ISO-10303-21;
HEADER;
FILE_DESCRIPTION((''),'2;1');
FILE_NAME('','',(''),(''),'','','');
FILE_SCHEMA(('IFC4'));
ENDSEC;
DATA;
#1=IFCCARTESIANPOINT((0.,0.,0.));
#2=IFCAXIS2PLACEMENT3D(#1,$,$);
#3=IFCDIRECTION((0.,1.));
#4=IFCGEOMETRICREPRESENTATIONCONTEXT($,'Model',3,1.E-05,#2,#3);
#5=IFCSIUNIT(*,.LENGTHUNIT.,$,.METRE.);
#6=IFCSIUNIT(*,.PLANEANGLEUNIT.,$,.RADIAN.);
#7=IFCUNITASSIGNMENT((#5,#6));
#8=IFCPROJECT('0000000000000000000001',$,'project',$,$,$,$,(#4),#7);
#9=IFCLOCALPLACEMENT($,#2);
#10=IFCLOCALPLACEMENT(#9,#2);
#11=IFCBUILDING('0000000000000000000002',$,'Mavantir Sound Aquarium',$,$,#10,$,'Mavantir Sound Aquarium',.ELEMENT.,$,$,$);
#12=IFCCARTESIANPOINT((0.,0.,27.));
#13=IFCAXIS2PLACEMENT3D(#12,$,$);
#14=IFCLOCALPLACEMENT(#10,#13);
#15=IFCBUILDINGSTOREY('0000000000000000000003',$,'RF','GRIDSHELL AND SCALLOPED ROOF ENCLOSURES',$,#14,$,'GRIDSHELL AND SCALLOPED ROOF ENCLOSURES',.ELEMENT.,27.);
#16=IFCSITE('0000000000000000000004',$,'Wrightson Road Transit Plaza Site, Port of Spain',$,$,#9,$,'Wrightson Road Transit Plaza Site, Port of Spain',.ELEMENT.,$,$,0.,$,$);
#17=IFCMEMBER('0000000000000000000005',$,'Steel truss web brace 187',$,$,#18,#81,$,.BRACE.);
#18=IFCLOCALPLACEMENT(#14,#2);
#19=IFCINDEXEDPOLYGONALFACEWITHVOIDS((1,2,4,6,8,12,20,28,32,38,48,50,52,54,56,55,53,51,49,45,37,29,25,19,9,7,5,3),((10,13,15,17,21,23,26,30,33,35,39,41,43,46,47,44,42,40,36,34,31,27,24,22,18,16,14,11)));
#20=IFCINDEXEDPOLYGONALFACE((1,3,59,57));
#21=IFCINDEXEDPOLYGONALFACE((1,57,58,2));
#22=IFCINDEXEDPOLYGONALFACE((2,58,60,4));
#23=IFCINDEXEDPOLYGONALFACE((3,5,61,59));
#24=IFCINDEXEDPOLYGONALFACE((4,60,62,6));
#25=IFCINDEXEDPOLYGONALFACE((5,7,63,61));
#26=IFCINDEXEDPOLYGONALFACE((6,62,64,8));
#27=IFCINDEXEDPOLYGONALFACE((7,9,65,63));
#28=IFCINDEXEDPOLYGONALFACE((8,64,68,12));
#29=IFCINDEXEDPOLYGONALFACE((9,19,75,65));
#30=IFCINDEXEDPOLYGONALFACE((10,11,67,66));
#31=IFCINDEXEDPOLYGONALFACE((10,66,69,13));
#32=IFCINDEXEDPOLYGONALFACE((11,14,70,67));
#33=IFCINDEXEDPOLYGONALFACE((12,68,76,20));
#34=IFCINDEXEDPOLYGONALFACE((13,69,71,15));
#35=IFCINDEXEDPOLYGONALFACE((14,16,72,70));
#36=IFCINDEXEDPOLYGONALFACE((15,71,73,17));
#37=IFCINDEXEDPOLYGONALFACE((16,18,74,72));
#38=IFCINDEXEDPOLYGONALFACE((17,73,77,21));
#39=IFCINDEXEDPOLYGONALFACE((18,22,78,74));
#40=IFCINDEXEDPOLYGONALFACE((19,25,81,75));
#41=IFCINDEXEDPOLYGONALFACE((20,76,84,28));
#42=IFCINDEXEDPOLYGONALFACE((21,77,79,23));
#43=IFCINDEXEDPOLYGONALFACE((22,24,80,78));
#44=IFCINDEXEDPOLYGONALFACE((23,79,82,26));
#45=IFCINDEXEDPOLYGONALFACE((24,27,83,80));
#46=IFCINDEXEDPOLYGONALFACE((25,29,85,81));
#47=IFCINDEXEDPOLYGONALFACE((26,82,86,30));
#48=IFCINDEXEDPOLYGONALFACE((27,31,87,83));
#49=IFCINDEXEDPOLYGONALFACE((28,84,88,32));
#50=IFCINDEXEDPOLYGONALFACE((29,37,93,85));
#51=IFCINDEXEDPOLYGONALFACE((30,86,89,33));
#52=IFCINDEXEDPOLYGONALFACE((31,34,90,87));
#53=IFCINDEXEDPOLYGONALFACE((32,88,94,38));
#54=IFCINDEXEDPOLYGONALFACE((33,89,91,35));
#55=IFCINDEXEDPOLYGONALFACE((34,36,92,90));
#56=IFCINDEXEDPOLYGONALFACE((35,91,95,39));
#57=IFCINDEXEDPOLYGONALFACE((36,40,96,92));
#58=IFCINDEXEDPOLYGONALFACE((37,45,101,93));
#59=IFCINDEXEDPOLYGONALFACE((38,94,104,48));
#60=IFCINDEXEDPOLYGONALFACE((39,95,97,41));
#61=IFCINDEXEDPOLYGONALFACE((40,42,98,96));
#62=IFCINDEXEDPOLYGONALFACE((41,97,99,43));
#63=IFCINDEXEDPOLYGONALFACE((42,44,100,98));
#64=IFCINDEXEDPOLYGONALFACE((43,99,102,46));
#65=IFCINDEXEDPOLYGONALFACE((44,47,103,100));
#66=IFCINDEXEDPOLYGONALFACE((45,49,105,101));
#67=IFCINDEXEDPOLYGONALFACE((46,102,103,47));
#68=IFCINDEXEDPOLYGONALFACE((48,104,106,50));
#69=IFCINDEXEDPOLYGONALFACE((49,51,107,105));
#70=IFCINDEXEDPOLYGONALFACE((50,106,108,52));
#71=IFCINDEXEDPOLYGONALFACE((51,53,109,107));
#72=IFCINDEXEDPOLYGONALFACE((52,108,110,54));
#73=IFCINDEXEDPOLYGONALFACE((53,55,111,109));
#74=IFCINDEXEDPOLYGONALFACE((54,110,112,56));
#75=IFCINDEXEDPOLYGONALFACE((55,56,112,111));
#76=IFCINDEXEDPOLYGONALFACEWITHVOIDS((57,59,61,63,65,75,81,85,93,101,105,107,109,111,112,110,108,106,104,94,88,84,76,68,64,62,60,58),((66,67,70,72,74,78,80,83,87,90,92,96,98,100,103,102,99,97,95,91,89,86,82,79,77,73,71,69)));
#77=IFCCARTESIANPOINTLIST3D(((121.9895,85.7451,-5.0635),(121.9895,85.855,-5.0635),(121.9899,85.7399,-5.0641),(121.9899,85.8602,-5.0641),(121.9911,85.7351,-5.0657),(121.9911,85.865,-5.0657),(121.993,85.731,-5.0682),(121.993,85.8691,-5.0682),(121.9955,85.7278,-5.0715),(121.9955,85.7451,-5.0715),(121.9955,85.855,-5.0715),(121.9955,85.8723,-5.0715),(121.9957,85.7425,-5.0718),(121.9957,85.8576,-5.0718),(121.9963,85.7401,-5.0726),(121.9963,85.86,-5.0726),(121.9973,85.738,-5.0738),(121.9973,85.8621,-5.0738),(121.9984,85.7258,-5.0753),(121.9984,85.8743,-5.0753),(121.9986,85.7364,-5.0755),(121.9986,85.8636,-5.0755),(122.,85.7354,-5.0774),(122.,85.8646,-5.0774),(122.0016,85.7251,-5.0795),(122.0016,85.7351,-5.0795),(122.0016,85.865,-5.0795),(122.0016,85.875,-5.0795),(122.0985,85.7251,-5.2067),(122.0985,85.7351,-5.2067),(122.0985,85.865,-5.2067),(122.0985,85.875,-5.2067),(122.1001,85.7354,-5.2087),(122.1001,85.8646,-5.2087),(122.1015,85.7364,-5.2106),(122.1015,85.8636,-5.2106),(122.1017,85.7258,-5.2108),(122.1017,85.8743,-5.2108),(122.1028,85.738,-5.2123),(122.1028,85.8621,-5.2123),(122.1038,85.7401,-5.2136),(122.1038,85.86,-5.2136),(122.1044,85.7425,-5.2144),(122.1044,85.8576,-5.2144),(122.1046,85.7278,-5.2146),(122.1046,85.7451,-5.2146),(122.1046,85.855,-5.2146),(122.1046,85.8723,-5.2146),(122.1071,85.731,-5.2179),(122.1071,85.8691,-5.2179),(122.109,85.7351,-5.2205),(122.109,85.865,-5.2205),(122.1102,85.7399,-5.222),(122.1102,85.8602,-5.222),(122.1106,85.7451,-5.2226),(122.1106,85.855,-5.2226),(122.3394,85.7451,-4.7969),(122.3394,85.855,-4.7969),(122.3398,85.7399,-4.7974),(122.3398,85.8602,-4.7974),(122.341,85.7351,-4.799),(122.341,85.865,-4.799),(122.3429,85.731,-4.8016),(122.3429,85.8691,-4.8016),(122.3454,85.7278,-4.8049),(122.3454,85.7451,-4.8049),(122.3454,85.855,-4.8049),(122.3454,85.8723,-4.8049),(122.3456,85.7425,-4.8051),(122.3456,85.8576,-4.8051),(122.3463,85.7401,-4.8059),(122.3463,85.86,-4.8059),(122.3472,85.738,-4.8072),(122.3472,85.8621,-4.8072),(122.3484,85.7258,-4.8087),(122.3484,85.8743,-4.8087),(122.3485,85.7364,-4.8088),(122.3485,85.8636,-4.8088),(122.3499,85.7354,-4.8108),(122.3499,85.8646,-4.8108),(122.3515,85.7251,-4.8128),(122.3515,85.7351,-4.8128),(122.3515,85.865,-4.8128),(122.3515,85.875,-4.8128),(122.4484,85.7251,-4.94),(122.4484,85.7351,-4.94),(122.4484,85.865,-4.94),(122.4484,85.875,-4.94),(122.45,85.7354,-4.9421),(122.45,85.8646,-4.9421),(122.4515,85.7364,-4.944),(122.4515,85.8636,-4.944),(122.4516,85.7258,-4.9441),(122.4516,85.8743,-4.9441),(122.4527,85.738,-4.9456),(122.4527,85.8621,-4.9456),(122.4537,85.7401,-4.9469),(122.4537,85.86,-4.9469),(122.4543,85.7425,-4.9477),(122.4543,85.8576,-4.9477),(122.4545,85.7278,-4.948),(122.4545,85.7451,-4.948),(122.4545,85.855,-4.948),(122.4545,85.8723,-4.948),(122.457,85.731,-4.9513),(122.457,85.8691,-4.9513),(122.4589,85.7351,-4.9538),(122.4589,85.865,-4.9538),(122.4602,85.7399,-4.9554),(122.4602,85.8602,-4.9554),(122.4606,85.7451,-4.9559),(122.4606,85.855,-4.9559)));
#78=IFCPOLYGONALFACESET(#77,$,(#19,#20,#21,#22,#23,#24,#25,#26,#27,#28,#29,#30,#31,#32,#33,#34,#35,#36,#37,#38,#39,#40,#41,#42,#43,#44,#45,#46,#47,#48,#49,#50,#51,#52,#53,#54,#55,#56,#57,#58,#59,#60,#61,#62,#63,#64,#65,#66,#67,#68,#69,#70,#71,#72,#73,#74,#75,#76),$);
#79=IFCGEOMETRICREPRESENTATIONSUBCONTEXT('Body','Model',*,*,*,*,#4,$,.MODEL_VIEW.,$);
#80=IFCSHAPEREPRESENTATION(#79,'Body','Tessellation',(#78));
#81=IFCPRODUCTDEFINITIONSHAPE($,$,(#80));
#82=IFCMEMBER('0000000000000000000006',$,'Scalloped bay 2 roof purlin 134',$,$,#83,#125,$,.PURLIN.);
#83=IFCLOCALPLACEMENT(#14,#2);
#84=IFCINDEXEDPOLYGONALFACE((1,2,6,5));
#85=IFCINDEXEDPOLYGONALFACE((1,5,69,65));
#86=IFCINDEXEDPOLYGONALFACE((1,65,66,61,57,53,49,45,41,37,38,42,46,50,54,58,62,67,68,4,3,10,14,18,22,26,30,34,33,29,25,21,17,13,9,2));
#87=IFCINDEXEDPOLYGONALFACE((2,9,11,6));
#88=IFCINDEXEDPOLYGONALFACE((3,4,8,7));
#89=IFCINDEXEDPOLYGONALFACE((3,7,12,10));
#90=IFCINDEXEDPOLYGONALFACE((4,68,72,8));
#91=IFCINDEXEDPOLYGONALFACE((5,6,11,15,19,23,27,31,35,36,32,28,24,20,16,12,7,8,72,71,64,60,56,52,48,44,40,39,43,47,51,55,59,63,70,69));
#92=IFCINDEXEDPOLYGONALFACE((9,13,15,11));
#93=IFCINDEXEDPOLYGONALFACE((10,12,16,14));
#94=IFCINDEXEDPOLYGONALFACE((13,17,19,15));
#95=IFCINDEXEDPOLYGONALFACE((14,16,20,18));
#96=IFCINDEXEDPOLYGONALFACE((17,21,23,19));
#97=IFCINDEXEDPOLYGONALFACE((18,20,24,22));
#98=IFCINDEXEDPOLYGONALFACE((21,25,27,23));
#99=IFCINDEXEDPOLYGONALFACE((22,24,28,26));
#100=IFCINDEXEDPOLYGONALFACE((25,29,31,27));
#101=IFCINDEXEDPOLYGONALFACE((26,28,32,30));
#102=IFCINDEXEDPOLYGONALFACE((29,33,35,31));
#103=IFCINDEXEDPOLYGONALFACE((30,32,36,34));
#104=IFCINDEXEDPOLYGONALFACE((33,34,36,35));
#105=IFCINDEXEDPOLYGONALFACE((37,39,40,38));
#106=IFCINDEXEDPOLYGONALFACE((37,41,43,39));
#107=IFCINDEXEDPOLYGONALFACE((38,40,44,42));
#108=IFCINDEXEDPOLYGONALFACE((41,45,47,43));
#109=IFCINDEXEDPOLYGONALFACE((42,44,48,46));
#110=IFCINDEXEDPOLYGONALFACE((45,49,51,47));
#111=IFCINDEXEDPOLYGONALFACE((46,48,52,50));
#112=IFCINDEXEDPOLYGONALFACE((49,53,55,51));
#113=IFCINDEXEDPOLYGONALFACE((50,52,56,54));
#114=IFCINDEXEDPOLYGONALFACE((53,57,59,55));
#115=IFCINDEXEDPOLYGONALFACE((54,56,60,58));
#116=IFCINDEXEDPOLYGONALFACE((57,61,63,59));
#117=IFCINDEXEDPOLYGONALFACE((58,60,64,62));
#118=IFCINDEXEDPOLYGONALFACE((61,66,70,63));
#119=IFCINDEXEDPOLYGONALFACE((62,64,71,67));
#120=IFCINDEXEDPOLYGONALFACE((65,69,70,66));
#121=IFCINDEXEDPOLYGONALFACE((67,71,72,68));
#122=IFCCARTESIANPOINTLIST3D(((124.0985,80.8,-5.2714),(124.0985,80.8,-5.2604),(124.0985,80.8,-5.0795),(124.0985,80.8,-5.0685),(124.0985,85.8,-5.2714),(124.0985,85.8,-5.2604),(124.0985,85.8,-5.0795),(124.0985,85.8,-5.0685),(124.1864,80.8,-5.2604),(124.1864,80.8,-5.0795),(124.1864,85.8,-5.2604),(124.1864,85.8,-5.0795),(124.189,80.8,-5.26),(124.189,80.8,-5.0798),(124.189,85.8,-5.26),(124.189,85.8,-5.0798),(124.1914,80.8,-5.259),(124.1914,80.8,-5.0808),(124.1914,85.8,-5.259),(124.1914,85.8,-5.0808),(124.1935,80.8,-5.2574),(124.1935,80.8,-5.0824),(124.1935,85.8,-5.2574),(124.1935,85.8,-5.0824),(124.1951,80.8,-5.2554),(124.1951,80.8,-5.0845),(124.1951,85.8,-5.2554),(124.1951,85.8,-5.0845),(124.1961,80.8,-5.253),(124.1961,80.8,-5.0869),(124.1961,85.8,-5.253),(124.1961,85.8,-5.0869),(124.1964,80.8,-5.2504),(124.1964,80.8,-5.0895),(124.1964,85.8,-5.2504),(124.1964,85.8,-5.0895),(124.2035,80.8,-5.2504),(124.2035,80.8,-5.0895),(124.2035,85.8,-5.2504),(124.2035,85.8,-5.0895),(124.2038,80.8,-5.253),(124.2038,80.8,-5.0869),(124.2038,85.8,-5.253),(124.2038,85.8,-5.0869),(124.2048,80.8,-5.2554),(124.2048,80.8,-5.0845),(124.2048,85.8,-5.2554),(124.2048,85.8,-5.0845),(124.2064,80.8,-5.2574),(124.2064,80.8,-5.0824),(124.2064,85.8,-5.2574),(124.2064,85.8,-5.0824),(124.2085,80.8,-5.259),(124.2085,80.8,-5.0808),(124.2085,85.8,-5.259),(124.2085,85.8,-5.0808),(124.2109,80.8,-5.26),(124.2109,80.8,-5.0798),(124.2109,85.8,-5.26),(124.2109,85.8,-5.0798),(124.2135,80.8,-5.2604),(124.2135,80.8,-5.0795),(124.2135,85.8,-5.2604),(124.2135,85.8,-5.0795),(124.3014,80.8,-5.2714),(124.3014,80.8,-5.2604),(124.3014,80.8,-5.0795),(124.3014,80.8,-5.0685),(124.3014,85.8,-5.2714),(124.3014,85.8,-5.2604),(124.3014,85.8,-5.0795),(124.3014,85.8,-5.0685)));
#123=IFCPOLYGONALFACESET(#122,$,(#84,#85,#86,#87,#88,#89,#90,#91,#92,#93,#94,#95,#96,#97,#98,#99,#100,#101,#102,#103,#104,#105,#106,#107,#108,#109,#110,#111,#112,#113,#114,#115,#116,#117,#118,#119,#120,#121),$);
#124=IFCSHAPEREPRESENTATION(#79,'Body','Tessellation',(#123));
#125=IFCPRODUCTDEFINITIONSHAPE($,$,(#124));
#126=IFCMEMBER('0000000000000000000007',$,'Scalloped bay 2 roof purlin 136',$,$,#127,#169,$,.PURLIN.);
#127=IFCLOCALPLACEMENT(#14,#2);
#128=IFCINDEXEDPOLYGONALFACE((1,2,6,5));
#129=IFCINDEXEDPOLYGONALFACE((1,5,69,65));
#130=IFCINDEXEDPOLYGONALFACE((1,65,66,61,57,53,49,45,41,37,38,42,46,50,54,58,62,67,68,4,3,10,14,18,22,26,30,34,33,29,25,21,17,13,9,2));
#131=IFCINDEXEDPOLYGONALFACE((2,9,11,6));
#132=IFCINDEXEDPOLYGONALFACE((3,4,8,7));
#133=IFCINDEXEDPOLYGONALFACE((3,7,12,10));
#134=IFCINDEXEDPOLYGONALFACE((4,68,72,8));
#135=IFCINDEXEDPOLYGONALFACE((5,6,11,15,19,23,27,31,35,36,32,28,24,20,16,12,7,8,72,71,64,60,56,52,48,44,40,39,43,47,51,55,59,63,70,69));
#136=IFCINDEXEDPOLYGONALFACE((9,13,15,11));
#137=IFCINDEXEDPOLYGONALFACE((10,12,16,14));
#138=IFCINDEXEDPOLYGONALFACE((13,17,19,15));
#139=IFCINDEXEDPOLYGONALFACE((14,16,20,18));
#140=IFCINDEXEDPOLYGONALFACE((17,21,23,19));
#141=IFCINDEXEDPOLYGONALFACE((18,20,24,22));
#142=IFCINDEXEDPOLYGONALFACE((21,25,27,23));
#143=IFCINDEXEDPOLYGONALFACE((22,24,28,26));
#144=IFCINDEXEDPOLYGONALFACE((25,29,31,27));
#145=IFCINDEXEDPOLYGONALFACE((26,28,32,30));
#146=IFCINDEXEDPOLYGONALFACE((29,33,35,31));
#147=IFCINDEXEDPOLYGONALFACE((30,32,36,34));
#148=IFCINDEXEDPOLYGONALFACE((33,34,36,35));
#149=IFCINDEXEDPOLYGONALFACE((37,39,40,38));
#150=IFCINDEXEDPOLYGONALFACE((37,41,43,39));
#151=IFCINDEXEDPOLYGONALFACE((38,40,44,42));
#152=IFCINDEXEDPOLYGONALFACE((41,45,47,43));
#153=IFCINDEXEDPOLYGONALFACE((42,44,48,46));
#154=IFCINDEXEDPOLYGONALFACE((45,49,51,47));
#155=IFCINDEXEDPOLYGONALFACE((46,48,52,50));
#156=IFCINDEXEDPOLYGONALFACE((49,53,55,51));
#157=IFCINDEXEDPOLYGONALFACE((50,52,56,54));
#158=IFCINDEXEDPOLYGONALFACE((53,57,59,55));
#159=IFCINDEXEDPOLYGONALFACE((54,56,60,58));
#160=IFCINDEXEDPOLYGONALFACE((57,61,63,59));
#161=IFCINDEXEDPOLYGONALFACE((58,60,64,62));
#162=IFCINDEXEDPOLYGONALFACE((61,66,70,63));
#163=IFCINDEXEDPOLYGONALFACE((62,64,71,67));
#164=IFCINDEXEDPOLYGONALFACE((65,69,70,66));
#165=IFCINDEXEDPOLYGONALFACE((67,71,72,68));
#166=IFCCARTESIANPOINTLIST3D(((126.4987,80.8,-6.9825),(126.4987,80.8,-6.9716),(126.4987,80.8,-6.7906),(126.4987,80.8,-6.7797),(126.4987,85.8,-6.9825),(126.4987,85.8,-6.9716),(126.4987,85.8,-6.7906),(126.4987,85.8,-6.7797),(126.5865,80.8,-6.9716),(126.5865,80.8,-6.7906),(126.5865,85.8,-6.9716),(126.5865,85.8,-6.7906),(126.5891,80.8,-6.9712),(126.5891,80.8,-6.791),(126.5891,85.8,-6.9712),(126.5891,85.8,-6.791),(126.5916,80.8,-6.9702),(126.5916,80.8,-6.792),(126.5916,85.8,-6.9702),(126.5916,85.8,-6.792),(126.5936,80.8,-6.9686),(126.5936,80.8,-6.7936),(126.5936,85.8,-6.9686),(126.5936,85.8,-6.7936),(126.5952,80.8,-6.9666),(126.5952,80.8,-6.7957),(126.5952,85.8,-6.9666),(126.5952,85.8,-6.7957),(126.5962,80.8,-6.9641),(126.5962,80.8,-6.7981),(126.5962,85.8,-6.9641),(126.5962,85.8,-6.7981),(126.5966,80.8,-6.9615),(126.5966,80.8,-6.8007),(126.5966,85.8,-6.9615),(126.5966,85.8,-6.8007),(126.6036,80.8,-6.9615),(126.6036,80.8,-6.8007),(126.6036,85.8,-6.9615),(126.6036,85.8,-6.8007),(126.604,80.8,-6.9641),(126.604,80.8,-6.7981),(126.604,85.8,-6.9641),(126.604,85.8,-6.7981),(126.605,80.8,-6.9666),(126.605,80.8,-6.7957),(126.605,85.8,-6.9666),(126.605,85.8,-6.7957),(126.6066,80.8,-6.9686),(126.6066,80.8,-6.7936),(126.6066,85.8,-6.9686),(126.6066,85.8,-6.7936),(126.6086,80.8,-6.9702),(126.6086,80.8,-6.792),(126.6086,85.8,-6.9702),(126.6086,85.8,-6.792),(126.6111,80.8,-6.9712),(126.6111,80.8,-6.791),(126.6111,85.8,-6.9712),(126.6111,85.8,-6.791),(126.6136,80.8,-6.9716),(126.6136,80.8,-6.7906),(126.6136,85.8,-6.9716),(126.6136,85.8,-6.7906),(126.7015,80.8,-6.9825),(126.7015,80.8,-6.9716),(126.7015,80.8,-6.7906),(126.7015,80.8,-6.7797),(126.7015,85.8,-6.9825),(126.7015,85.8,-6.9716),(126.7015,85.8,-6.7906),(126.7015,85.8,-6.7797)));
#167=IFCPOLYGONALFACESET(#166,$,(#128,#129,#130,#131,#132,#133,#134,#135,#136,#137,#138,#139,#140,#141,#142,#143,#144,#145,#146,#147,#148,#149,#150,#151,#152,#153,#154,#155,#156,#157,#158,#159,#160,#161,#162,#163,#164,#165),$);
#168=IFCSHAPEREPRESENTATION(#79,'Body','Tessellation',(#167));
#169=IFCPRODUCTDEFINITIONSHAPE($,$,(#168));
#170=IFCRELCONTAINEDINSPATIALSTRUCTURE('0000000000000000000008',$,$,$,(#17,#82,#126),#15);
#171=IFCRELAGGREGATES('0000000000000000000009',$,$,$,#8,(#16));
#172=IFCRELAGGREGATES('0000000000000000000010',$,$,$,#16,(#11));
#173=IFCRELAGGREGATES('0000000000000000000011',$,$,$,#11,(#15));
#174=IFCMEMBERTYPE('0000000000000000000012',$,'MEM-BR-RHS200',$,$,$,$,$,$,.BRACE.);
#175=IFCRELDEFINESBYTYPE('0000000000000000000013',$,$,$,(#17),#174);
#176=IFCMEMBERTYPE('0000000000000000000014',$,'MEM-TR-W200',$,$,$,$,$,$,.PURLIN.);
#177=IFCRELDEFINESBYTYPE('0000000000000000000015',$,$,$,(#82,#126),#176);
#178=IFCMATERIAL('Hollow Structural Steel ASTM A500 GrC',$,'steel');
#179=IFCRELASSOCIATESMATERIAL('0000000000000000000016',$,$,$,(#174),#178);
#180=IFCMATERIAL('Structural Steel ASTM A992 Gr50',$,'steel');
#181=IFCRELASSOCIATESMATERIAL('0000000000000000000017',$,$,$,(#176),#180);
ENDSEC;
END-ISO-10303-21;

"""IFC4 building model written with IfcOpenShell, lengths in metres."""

from ifc_helpers import new_model, si_unit, direction, frame, origin, origin_2d, place, context, subcontext, project, spatial, hollow_rectangle, i_section, extrude, material, material_profile, profile_set, type_object, element, save


model = new_model("IFC4")

# Units and contexts
model_context = context("Model", 3, precision=1e-05, world=origin(), true_north=direction((0.0, 1.0)))
body_context = subcontext(model_context, "Body", "Model", "MODEL_VIEW")
ifc_project = project(units=[si_unit("LENGTHUNIT", "METRE"), si_unit("PLANEANGLEUNIT", "RADIAN")], contexts=[model_context])

# Site, building, storey
site_placement = place(None, origin())
site = spatial("IfcSite", under=ifc_project, at=site_placement, Name="Wrightson Road Transit Plaza Site, Port of Spain", LongName="Wrightson Road Transit Plaza Site, Port of Spain", CompositionType="ELEMENT", RefElevation=0.0)
building_placement = place(site_placement, origin())
building = spatial("IfcBuilding", under=site, at=building_placement, Name="Mavantir Sound Aquarium", LongName="Mavantir Sound Aquarium", CompositionType="ELEMENT")
storey_placement = place(building_placement, frame((0.0, 0.0, 27.0)))
storey = spatial("IfcBuildingStorey", under=building, at=storey_placement, Name="RF", Description="GRIDSHELL AND SCALLOPED ROOF ENCLOSURES", LongName="GRIDSHELL AND SCALLOPED ROOF ENCLOSURES", CompositionType="ELEMENT", Elevation=27.0)

# Shared definitions
ifc_material_1 = material(Name="Structural Steel ASTM A992 Gr50", Category="steel")

# Members
ifc_material_2 = material(Name="Hollow Structural Steel ASTM A500 GrC", Category="steel")
ifc_material_profile_1 = material_profile(ifc_material_2, hollow_rectangle(XDim=0.1499, YDim=0.2, WallThickness=0.01, InnerFilletRadius=0.01, OuterFilletRadius=0.02, at=origin_2d()), Name="RHS 200X150X10")
ifc_profile_set_1 = profile_set([ifc_material_profile_1], Name="Hollow Structural Steel ASTM A500 GrC")
member_type_1 = type_object("IfcMemberType", Name="MEM-BR-RHS200", PredefinedType="BRACE", material=ifc_profile_set_1)
for number, where, z_axis, x_axis, name in (
    (1, (122.05, 85.8, -5.1431), (0.795381, 0.0, 0.60611), (0.0, 1.0, 0.0), "Steel truss web brace 187"),
):
    element("IfcMember", number, at=place(storey_placement, frame(where, z_axis=z_axis, x_axis=x_axis)), inside=storey, type_object=member_type_1, Name=name, PredefinedType="BRACE", context=body_context, shape_type="SweptSolid", body=[
        extrude(hollow_rectangle(XDim=0.1499, YDim=0.2, WallThickness=0.01, InnerFilletRadius=0.01, OuterFilletRadius=0.02, at=origin_2d()), origin(), (0.0, 0.0, 1.0), 0.4399),
    ])
ifc_material_profile_2 = material_profile(ifc_material_1, i_section(OverallWidth=0.2029, OverallDepth=0.2029, WebThickness=0.0071, FlangeThickness=0.011, FilletRadius=0.01, at=origin_2d()), Name="W200X46")
ifc_profile_set_2 = profile_set([ifc_material_profile_2], Name="Structural Steel ASTM A992 Gr50")
member_type_2 = type_object("IfcMemberType", Name="MEM-TR-W200", PredefinedType="PURLIN", material=ifc_profile_set_2)
for number, where, z_axis, x_axis, name in (
    (2, (124.2, 80.8, -5.1699), (0.0, 1.0, 0.0), (-1.0, 0.0, 0.0), "Scalloped bay 2 roof purlin 134"),
    (3, (126.6001, 80.8, -6.8811), (0.0, 1.0, 0.0), (-1.0, 0.0, 0.0), "Scalloped bay 2 roof purlin 136"),
):
    element("IfcMember", number, at=place(storey_placement, frame(where, z_axis=z_axis, x_axis=x_axis)), inside=storey, type_object=member_type_2, Name=name, PredefinedType="PURLIN", context=body_context, shape_type="SweptSolid", body=[
        extrude(i_section(OverallWidth=0.2029, OverallDepth=0.2029, WebThickness=0.0071, FlangeThickness=0.011, FilletRadius=0.01, at=origin_2d()), origin(), (0.0, 0.0, 1.0), 5.0),
    ])

save(model, "model.ifc")
